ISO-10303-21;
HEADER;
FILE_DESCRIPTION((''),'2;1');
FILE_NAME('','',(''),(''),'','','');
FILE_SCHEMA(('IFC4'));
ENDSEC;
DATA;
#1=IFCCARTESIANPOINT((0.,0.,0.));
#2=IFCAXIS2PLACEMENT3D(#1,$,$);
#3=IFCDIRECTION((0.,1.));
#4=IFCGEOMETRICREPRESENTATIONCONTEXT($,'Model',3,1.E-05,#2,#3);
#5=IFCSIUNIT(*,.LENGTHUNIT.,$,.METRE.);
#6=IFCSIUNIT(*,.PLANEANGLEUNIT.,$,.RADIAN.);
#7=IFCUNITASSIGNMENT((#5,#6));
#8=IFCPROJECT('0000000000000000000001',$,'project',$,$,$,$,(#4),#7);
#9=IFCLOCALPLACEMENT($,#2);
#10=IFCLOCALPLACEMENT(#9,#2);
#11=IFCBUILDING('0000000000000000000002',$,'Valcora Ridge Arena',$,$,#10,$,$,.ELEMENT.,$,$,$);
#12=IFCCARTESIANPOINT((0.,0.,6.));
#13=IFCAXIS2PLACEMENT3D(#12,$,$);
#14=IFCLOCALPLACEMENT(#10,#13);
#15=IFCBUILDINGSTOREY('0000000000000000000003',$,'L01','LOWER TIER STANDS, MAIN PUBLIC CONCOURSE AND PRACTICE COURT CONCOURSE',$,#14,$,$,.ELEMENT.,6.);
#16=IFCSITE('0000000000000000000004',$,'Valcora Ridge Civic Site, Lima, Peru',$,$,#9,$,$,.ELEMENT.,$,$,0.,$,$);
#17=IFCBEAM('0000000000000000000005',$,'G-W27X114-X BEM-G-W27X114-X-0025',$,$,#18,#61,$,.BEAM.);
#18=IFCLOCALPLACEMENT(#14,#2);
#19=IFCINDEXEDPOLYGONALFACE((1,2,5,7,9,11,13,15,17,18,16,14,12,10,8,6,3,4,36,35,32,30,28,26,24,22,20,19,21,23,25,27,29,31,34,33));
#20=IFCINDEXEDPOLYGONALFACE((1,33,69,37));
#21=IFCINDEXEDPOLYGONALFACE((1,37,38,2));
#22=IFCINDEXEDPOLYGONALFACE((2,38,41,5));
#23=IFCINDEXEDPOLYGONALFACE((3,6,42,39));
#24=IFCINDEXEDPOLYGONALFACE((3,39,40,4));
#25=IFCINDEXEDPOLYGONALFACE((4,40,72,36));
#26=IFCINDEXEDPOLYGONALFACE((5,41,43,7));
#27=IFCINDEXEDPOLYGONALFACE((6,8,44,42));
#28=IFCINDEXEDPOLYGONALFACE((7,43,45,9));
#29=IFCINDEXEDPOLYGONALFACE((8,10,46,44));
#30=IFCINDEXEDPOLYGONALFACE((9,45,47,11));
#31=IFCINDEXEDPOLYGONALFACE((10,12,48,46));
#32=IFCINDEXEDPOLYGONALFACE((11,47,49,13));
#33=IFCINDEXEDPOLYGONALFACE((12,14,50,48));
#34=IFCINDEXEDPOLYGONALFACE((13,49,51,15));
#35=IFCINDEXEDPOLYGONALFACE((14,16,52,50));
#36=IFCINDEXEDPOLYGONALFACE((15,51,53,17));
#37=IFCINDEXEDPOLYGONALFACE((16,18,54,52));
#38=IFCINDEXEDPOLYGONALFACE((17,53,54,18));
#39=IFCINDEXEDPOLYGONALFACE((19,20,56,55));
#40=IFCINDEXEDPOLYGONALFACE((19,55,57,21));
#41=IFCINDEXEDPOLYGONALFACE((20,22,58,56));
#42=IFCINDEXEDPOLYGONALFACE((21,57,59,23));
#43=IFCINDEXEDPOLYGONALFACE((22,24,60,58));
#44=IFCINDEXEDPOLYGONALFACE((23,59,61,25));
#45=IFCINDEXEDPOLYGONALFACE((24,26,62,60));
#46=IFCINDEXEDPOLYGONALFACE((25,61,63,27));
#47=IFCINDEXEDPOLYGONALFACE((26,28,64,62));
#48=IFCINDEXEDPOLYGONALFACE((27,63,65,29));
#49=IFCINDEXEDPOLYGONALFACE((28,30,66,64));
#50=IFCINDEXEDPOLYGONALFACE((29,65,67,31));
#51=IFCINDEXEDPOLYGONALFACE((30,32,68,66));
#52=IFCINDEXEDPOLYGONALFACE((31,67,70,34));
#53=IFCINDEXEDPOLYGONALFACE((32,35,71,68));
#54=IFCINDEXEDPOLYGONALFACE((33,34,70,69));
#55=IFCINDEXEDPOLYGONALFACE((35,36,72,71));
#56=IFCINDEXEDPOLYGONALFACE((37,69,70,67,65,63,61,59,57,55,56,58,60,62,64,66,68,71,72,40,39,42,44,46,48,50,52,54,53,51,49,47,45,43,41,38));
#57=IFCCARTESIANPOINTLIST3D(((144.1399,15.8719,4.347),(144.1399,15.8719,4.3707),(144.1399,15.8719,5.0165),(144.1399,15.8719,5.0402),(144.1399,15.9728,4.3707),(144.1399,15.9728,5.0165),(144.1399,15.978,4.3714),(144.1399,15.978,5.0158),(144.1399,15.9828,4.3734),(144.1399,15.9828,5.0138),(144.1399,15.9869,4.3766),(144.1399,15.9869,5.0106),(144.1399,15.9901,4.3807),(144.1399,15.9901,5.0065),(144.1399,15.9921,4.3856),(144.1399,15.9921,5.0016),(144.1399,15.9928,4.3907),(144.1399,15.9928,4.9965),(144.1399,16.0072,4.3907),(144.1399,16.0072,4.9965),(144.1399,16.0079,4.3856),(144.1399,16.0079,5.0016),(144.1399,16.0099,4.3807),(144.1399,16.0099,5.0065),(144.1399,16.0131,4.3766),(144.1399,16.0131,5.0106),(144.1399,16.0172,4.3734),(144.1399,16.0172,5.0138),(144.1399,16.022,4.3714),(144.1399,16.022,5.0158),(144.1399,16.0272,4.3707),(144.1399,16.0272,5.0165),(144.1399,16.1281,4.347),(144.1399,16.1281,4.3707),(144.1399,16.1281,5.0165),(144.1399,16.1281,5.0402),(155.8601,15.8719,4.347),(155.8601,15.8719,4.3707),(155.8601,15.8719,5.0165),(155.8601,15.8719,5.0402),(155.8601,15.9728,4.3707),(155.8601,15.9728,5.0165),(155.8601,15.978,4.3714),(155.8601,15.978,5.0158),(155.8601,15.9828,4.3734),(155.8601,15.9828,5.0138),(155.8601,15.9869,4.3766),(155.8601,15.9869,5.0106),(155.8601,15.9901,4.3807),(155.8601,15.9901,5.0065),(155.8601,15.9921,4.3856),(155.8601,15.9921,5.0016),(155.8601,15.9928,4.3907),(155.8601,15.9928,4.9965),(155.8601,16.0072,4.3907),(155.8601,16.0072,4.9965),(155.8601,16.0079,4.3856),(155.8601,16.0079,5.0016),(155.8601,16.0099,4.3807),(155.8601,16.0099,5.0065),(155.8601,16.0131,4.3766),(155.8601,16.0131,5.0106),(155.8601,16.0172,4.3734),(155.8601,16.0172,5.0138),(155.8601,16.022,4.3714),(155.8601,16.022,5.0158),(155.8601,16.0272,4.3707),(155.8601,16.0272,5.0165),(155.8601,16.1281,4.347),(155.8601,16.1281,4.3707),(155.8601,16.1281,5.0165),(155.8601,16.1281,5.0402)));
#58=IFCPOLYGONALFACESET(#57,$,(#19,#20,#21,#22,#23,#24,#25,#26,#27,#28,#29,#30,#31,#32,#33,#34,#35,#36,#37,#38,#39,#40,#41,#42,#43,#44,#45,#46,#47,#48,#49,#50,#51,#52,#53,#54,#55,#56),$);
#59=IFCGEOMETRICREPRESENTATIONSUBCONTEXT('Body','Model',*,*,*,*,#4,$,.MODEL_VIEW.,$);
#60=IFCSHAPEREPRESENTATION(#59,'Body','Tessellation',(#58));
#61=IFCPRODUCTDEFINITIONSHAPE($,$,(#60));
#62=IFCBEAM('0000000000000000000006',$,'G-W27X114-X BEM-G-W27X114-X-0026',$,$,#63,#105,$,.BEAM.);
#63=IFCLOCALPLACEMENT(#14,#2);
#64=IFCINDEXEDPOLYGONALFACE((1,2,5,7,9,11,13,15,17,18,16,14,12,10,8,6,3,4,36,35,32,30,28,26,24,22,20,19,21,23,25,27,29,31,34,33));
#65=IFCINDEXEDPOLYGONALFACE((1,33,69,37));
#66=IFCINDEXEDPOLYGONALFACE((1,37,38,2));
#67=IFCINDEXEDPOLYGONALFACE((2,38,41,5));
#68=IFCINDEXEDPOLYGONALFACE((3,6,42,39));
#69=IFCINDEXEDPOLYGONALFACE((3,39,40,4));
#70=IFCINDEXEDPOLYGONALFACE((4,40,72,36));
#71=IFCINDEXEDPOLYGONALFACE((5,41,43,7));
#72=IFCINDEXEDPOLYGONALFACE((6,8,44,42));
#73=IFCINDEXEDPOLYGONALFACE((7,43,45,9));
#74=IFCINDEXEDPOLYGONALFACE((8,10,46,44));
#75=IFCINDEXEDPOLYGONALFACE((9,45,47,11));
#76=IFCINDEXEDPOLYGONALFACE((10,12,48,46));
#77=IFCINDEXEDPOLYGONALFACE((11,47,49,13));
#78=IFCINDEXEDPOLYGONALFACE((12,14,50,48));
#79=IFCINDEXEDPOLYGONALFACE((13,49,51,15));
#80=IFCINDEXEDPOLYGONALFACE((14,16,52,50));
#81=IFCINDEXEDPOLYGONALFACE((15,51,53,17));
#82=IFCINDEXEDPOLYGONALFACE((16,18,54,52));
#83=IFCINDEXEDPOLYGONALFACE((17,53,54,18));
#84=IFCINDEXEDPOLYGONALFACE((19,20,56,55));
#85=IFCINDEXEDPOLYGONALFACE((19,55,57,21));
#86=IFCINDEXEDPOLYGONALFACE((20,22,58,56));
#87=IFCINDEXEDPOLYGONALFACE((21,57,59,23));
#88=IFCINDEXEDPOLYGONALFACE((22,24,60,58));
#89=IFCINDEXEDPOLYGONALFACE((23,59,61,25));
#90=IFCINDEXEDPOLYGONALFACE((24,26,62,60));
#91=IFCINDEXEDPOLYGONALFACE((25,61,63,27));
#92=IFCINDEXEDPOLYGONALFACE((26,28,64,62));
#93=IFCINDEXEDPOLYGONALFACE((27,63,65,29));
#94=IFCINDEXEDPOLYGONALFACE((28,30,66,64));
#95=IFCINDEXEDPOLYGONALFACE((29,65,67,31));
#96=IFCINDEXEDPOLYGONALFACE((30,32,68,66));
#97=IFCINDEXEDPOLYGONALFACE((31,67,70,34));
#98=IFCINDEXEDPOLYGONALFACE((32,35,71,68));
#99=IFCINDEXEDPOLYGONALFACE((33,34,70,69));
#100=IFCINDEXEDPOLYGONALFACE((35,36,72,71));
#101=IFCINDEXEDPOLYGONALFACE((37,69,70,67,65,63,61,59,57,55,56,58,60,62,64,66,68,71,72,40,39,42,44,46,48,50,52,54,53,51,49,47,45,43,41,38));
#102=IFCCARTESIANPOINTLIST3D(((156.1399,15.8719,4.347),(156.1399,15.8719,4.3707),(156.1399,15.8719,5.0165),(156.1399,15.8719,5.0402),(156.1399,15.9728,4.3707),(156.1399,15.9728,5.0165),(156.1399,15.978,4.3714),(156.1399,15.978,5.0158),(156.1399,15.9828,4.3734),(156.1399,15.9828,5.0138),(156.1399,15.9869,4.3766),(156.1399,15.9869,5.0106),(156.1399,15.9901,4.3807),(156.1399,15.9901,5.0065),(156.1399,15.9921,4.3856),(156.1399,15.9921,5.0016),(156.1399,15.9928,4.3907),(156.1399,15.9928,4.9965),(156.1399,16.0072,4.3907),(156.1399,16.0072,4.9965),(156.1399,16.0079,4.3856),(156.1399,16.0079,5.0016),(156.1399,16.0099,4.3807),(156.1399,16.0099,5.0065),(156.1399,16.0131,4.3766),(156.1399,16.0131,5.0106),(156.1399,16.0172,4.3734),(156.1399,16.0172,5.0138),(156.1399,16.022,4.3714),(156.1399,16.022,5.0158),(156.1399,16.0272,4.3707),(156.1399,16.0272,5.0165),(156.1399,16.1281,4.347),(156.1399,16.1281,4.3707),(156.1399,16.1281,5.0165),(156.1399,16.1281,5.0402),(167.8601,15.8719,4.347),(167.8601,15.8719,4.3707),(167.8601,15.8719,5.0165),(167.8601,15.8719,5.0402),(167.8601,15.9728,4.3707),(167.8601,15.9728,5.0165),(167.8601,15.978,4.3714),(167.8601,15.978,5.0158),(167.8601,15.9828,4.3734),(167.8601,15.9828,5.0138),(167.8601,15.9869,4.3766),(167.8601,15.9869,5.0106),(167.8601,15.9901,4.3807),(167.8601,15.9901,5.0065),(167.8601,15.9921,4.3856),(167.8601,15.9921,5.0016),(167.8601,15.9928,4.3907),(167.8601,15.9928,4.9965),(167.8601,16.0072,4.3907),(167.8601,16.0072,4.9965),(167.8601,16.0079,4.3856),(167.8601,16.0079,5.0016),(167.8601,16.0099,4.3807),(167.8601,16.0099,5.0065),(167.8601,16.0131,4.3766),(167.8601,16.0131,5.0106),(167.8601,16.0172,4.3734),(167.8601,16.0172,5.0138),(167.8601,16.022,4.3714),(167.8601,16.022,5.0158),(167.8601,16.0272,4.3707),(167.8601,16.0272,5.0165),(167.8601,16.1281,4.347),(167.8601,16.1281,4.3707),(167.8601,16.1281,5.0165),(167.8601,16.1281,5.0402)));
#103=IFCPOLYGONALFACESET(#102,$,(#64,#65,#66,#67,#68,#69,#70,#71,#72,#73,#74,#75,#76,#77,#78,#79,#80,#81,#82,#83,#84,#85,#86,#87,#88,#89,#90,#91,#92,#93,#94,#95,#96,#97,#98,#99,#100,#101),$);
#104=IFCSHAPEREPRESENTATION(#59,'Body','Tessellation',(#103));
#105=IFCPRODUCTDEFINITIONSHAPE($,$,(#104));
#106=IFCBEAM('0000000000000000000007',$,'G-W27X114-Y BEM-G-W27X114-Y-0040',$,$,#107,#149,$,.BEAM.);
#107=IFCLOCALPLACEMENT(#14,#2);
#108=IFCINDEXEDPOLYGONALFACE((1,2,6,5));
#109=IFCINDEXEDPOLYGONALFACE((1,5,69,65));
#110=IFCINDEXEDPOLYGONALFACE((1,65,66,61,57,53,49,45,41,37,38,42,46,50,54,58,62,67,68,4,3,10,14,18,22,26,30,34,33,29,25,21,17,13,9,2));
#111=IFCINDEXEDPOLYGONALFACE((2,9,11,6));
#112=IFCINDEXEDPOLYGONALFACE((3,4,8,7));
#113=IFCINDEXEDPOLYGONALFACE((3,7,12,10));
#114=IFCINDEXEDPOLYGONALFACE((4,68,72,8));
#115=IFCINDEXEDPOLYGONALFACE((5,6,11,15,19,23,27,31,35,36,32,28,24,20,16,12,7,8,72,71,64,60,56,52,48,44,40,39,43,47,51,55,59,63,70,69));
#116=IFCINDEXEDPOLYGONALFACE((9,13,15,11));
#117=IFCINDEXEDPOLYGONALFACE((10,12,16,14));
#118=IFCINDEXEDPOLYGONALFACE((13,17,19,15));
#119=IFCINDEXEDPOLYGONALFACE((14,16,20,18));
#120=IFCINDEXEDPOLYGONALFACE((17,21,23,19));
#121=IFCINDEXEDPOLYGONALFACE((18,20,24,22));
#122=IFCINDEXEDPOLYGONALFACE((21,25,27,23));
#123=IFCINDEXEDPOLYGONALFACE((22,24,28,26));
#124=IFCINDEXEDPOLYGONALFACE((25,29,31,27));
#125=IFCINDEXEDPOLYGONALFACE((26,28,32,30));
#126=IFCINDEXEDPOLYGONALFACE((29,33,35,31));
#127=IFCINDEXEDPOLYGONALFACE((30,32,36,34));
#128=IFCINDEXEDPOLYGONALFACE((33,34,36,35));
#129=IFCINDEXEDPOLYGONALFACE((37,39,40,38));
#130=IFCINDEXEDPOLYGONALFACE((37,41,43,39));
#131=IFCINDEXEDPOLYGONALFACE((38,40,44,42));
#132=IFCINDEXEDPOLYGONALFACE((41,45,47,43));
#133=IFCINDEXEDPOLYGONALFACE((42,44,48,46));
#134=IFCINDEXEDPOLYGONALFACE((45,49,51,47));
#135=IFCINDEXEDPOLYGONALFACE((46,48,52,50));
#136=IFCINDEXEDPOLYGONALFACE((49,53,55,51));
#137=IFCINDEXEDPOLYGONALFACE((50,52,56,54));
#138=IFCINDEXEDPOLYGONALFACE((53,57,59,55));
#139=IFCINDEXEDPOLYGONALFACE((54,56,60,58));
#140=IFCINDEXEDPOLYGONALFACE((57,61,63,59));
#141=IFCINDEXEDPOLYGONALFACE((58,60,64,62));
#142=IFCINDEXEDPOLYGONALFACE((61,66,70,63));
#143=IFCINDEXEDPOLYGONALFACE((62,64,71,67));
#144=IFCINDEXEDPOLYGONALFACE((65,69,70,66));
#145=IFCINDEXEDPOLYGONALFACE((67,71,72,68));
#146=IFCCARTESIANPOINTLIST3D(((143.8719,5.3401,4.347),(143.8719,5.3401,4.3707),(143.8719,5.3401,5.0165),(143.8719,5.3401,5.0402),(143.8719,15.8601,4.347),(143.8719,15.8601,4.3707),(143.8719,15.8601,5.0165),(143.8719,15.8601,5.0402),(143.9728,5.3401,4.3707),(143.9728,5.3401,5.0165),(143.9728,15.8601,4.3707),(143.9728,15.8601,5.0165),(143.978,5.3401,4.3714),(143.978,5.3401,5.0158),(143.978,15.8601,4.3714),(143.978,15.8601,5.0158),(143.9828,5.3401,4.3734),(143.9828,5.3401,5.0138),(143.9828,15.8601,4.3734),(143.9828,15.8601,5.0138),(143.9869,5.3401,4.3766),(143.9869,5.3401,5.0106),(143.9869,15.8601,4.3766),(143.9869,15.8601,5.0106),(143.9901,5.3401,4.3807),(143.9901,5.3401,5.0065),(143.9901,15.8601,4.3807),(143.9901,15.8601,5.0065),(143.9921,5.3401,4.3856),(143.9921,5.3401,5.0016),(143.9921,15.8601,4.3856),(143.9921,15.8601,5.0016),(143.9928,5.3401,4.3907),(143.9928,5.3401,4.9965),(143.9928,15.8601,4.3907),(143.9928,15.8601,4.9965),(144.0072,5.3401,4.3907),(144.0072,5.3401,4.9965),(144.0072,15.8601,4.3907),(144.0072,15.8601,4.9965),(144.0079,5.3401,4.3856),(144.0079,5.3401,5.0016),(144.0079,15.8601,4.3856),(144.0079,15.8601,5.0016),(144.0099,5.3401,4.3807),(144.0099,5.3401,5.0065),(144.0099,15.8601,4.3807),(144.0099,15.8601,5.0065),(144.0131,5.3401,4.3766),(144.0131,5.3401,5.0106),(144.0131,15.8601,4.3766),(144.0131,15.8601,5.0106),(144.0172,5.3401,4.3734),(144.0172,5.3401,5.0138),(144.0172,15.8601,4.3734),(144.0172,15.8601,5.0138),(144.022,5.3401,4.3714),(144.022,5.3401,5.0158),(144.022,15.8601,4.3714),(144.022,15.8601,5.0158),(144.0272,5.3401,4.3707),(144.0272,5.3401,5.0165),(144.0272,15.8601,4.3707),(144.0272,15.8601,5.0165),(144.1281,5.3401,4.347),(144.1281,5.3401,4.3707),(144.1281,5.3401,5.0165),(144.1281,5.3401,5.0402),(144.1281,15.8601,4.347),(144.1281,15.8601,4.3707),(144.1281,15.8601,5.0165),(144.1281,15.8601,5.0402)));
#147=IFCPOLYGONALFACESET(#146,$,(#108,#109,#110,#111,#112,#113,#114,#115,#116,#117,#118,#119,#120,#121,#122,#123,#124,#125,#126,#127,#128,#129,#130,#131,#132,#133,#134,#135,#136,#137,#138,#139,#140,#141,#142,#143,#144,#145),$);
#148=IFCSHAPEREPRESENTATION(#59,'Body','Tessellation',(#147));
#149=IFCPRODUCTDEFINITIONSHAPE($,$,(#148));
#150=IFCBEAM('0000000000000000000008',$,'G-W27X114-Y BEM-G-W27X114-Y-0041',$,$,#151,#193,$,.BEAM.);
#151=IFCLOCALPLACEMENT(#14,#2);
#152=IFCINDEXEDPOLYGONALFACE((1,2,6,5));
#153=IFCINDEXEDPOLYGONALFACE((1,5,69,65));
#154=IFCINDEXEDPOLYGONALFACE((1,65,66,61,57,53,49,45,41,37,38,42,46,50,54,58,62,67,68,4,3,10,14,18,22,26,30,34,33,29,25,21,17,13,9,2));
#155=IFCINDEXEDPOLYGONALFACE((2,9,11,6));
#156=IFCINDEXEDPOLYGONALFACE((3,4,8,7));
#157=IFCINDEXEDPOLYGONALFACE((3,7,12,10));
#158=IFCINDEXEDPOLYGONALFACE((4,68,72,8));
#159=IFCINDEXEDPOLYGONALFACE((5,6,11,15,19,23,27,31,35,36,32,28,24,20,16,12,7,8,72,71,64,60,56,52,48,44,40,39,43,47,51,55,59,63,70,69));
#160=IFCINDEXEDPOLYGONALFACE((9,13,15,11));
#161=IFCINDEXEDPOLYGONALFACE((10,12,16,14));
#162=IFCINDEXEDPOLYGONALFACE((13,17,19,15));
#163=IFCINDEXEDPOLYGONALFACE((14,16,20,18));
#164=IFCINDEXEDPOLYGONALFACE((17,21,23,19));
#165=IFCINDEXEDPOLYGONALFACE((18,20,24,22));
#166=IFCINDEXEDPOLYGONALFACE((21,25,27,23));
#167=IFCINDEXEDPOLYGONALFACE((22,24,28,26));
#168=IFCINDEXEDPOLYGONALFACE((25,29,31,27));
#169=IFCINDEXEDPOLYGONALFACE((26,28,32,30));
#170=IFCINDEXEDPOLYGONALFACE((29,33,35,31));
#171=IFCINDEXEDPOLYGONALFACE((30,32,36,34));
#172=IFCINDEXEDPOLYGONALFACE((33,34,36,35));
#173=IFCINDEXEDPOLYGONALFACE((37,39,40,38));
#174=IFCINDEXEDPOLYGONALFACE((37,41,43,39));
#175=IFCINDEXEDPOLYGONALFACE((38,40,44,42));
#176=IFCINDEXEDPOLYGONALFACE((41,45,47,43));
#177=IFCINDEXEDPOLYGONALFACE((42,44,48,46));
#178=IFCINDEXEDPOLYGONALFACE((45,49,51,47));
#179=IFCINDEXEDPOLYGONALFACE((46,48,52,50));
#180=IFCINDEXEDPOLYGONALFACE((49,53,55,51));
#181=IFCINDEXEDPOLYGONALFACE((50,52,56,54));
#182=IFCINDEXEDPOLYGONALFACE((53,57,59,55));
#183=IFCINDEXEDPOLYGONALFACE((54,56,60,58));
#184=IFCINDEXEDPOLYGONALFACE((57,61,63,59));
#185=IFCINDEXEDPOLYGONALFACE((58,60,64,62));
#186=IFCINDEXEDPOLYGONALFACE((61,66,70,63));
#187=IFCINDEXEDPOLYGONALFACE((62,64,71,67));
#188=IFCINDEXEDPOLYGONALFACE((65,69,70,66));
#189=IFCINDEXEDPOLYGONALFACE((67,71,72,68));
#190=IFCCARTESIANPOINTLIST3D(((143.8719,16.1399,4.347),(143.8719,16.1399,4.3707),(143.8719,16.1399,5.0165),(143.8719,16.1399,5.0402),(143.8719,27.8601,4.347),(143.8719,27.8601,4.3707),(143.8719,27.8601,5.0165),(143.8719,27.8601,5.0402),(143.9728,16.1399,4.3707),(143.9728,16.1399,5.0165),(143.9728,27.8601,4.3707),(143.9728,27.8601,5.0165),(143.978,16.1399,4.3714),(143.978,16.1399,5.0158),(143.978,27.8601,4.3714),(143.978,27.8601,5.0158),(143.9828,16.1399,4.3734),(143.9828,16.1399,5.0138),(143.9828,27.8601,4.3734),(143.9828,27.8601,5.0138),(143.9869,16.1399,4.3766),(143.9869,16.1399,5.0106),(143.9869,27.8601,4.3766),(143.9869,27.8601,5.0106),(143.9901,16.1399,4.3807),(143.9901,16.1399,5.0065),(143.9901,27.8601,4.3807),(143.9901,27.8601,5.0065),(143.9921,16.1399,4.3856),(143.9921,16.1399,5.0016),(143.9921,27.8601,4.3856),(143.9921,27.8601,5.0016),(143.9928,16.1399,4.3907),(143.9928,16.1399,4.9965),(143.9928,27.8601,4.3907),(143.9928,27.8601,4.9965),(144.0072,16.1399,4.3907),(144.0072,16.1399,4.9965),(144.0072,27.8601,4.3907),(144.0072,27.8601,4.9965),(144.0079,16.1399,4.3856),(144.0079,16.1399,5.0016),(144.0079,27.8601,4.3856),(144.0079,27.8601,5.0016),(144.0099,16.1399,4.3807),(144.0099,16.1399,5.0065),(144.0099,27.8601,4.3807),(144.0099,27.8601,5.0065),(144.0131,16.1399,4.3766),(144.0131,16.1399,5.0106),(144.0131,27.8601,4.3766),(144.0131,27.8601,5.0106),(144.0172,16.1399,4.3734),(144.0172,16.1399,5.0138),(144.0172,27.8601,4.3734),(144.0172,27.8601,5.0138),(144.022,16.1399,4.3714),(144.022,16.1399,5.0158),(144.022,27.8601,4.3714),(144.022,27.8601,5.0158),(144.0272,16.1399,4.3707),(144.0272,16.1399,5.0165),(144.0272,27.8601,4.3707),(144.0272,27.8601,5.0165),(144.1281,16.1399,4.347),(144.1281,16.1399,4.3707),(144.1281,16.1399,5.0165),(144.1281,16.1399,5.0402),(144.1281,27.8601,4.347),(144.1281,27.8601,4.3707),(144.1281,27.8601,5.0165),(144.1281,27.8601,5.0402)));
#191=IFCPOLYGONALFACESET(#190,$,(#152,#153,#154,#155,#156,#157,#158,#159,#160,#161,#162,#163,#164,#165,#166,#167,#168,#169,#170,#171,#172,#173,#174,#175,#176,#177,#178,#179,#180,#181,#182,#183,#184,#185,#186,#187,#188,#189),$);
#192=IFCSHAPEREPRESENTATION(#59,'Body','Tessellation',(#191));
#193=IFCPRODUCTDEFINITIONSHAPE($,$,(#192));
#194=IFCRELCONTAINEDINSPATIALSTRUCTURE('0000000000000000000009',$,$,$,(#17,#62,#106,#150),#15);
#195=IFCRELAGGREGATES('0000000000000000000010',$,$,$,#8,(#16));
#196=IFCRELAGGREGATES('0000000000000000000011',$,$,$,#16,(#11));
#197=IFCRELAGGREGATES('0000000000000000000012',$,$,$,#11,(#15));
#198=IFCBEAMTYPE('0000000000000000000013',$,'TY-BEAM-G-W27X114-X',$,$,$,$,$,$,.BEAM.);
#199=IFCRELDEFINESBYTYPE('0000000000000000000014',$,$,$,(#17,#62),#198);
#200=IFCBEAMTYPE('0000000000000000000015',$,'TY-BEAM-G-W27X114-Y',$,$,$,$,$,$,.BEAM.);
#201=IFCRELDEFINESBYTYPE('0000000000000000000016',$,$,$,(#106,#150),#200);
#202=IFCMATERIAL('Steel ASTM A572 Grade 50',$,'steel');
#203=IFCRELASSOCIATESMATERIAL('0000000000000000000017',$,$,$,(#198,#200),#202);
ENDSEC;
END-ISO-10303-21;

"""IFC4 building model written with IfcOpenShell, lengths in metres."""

from ifc_helpers import new_model, si_unit, direction, frame, origin, origin_2d, place, context, subcontext, project, spatial, i_section, extrude, material, material_profile, profile_set, type_object, element, save


model = new_model("IFC4")

# Units and contexts
model_context = context("Model", 3, precision=1e-05, world=origin(), true_north=direction((0.0, 1.0)))
body_context = subcontext(model_context, "Body", "Model", "MODEL_VIEW")
ifc_project = project(units=[si_unit("LENGTHUNIT", "METRE"), si_unit("PLANEANGLEUNIT", "RADIAN")], contexts=[model_context])

# Site, building, storey
site_placement = place(None, origin())
site = spatial("IfcSite", under=ifc_project, at=site_placement, Name="Valcora Ridge Civic Site, Lima, Peru", CompositionType="ELEMENT", RefElevation=0.0)
building_placement = place(site_placement, origin())
building = spatial("IfcBuilding", under=site, at=building_placement, Name="Valcora Ridge Arena", CompositionType="ELEMENT")
storey_placement = place(building_placement, frame((0.0, 0.0, 6.0)))
storey = spatial("IfcBuildingStorey", under=building, at=storey_placement, Name="L01", Description="LOWER TIER STANDS, MAIN PUBLIC CONCOURSE AND PRACTICE COURT CONCOURSE", CompositionType="ELEMENT", Elevation=6.0)

# Shared definitions
ifc_material_1 = material(Name="Steel ASTM A572 Grade 50", Category="steel")

# Beams
ifc_material_profile_1 = material_profile(ifc_material_1, i_section(OverallWidth=0.2561, OverallDepth=0.6931, WebThickness=0.0144, FlangeThickness=0.0237, FilletRadius=0.02, at=origin_2d()), Name="W27X114")
ifc_profile_set_1 = profile_set([ifc_material_profile_1], Name="Steel ASTM A572 Grade 50")
beam_type_1 = type_object("IfcBeamType", Name="TY-BEAM-G-W27X114-X", PredefinedType="BEAM", material=ifc_profile_set_1)
for number, where, z_axis, x_axis, name in (
    (1, (144.1399, 16.0, 4.6936), (1.0, 0.0, 0.0), (0.0, 1.0, 0.0), "G-W27X114-X BEM-G-W27X114-X-0025"),
    (2, (156.1399, 16.0, 4.6936), (1.0, 0.0, 0.0), (0.0, 1.0, 0.0), "G-W27X114-X BEM-G-W27X114-X-0026"),
):
    element("IfcBeam", number, at=place(storey_placement, frame(where, z_axis=z_axis, x_axis=x_axis)), inside=storey, type_object=beam_type_1, Name=name, PredefinedType="BEAM", context=body_context, shape_type="SweptSolid", body=[
        extrude(i_section(OverallWidth=0.2561, OverallDepth=0.6931, WebThickness=0.0144, FlangeThickness=0.0237, FilletRadius=0.02, at=origin_2d()), origin(), (0.0, 0.0, 1.0), 11.7202),
    ])
ifc_material_profile_2 = material_profile(ifc_material_1, i_section(OverallWidth=0.2561, OverallDepth=0.6931, WebThickness=0.0144, FlangeThickness=0.0237, FilletRadius=0.02, at=origin_2d()), Name="W27X114")
ifc_profile_set_2 = profile_set([ifc_material_profile_2], Name="Steel ASTM A572 Grade 50")
beam_type_2 = type_object("IfcBeamType", Name="TY-BEAM-G-W27X114-Y", PredefinedType="BEAM", material=ifc_profile_set_2)
beam_1_placement = place(storey_placement, frame((144.0, 5.3401, 4.6936), z_axis=(0.0, 1.0, 0.0), x_axis=(-1.0, 0.0, 0.0)))
element("IfcBeam", 3, at=beam_1_placement, inside=storey, type_object=beam_type_2, Name="G-W27X114-Y BEM-G-W27X114-Y-0040", PredefinedType="BEAM", context=body_context, shape_type="SweptSolid", body=[
    extrude(i_section(OverallWidth=0.2561, OverallDepth=0.6931, WebThickness=0.0144, FlangeThickness=0.0237, FilletRadius=0.02, at=origin_2d()), origin(), (0.0, 0.0, 1.0), 10.52),
])
beam_2_placement = place(storey_placement, frame((144.0, 16.1399, 4.6936), z_axis=(0.0, 1.0, 0.0), x_axis=(-1.0, 0.0, 0.0)))
element("IfcBeam", 4, at=beam_2_placement, inside=storey, type_object=beam_type_2, Name="G-W27X114-Y BEM-G-W27X114-Y-0041", PredefinedType="BEAM", context=body_context, shape_type="SweptSolid", body=[
    extrude(i_section(OverallWidth=0.2561, OverallDepth=0.6931, WebThickness=0.0144, FlangeThickness=0.0237, FilletRadius=0.02, at=origin_2d()), origin(), (0.0, 0.0, 1.0), 11.7202),
])

save(model, "model.ifc")
